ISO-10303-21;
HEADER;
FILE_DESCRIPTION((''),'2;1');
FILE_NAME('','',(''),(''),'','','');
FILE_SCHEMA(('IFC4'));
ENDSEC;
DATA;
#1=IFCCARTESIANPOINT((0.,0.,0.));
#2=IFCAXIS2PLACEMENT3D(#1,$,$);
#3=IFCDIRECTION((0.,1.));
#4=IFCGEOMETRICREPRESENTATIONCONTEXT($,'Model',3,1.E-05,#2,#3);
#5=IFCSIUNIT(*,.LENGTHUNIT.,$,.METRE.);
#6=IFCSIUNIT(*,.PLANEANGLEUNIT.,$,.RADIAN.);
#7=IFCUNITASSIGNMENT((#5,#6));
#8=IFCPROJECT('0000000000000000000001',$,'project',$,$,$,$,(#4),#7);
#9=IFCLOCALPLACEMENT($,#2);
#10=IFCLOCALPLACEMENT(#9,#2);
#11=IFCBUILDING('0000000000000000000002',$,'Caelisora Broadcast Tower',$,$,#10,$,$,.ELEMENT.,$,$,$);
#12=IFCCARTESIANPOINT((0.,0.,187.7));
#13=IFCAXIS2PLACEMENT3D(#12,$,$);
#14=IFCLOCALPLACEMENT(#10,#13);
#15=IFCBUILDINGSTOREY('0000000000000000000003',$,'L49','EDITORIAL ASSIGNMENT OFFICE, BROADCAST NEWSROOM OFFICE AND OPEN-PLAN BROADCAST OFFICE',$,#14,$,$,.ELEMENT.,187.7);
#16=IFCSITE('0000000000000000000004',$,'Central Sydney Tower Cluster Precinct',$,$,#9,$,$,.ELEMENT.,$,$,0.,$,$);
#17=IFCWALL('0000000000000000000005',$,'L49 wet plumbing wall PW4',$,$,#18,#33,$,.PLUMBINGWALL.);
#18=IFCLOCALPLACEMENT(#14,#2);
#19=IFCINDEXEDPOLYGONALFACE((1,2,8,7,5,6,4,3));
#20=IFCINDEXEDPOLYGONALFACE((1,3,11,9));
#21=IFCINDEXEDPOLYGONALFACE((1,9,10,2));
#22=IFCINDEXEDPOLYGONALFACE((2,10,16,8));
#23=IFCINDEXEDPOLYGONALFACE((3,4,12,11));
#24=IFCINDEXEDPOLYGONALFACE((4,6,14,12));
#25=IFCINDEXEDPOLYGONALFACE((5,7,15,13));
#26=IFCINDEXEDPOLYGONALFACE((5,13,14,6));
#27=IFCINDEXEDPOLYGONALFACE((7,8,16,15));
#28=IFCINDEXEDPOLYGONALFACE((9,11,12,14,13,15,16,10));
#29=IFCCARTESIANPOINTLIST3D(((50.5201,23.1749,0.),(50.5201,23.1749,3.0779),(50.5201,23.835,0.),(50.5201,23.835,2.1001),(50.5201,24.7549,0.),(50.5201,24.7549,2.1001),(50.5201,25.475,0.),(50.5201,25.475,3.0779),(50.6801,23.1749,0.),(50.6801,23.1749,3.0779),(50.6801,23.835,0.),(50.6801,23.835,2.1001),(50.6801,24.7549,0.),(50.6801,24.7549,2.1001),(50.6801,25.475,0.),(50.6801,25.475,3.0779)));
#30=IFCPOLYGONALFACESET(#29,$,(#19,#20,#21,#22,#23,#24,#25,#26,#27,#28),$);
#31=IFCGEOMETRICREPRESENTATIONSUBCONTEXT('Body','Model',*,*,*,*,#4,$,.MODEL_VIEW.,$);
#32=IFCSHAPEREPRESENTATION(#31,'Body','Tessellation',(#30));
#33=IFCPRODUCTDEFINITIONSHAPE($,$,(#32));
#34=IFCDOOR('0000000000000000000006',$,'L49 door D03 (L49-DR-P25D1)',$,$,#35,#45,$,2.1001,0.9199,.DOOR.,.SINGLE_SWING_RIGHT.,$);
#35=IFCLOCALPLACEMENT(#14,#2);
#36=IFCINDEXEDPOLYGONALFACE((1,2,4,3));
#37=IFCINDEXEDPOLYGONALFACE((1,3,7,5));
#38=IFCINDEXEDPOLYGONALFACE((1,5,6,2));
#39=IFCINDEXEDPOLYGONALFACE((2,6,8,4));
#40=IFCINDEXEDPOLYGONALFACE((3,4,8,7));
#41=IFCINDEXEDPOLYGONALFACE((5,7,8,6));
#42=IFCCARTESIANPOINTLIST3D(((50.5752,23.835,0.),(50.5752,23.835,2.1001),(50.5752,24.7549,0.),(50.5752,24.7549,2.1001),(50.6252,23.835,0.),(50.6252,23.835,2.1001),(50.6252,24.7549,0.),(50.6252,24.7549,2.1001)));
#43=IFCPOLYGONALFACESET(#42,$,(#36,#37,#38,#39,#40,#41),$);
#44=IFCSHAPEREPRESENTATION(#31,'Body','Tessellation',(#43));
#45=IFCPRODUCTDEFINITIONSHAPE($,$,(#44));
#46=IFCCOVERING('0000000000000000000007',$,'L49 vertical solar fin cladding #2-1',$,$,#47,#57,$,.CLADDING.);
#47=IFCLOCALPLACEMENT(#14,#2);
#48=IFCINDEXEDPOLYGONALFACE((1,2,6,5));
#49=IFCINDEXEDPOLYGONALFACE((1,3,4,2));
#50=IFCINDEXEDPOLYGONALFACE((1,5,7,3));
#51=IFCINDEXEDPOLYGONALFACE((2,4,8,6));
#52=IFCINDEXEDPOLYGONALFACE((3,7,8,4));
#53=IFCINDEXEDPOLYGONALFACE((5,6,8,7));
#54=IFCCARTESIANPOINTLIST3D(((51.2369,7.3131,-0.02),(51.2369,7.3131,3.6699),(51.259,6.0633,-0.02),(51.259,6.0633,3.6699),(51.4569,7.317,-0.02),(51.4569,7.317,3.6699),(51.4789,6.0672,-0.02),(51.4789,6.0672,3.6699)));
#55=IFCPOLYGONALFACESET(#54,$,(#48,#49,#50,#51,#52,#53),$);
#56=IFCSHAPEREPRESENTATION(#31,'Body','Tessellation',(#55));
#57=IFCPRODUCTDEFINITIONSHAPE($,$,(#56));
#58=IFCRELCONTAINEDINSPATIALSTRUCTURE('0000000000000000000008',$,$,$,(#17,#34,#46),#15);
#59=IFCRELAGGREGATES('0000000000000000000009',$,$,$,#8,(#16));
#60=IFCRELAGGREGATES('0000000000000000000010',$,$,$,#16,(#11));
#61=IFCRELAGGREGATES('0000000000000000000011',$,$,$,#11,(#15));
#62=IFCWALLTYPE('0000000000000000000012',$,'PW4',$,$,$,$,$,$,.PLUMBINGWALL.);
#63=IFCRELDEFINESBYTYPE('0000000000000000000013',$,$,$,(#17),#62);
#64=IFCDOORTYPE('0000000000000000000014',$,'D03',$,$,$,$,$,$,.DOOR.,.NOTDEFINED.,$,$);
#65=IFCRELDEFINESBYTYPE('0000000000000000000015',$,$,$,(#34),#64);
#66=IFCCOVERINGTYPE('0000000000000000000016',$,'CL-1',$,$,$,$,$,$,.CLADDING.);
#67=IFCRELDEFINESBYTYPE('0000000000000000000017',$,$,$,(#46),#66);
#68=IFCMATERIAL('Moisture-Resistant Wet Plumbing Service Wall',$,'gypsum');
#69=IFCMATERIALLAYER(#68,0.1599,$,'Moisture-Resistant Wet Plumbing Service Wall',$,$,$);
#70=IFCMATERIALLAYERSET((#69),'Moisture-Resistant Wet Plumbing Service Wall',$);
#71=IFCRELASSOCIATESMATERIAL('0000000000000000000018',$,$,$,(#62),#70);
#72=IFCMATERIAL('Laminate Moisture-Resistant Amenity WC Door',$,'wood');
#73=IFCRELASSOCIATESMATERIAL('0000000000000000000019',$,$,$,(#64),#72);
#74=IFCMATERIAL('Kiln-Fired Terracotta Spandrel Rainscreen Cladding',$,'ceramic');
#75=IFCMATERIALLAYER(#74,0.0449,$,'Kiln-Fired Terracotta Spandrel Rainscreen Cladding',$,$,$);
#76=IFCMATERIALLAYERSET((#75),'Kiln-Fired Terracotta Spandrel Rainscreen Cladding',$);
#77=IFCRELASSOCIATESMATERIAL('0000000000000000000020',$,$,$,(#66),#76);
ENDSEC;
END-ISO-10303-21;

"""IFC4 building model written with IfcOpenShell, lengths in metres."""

from ifc_helpers import new_model, si_unit, direction, frame, frame_2d, origin, origin_2d, place, context, subcontext, project, spatial, rectangle, extrude, source, transform, mapped, material, layer, layer_set, type_object, type_shapes, element, fill, save


model = new_model("IFC4")

# Units and contexts
model_context = context("Model", 3, precision=1e-05, world=origin(), true_north=direction((0.0, 1.0)))
body_context = subcontext(model_context, "Body", "Model", "MODEL_VIEW")
ifc_project = project(units=[si_unit("LENGTHUNIT", "METRE"), si_unit("PLANEANGLEUNIT", "RADIAN")], contexts=[model_context])

# Site, building, storey
site_placement = place(None, origin())
site = spatial("IfcSite", under=ifc_project, at=site_placement, Name="Central Sydney Tower Cluster Precinct", CompositionType="ELEMENT", RefElevation=0.0)
building_placement = place(site_placement, origin())
building = spatial("IfcBuilding", under=site, at=building_placement, Name="Caelisora Broadcast Tower", CompositionType="ELEMENT")
storey_placement = place(building_placement, frame((0.0, 0.0, 187.7)))
storey = spatial("IfcBuildingStorey", under=building, at=storey_placement, Name="L49", Description="EDITORIAL ASSIGNMENT OFFICE, BROADCAST NEWSROOM OFFICE AND OPEN-PLAN BROADCAST OFFICE", CompositionType="ELEMENT", Elevation=187.7)

# Shared definitions
ifc_material_1 = material(Name="Moisture-Resistant Wet Plumbing Service Wall", Category="gypsum")
ifc_layer_1 = layer(ifc_material_1, 0.1599, Name="Moisture-Resistant Wet Plumbing Service Wall")
ifc_layer_set_1 = layer_set([ifc_layer_1], Name="Moisture-Resistant Wet Plumbing Service Wall")
wall_type_1 = type_object("IfcWallType", Name="PW4", PredefinedType="PLUMBINGWALL", material=ifc_layer_set_1)

# Wall, opening, door
wall_1_placement = place(storey_placement, frame((50.6001, 23.175, 0.0), z_axis=(0.0, 0.0, 1.0), x_axis=(0.0, 1.0, 0.0)))
wall_1 = element("IfcWall", 1, at=wall_1_placement, inside=storey, type_object=wall_type_1, Name="L49 wet plumbing wall PW4", PredefinedType="PLUMBINGWALL", context=body_context, shape_type="SweptSolid", body=[
    extrude(rectangle(XDim=2.3, YDim=0.1599, at=frame_2d((1.1499, 0.0))), origin(), (0.0, 0.0, 1.0), 3.0779),
])
opening_1_placement = place(wall_1_placement, frame((0.6599, 0.0, 0.0)))
opening_1 = element("IfcOpeningElement", 2, at=opening_1_placement, cuts=wall_1, PredefinedType="OPENING", context=body_context, shape_type="SweptSolid", body=[
    extrude(rectangle(XDim=0.9199, YDim=2.1001, at=frame_2d((0.46, 1.05))), frame((0.0, 0.092, 0.0), z_axis=(0.0, -1.0, 0.0), x_axis=(1.0, 0.0, 0.0)), (0.0, 0.0, 1.0), 0.1838),
])
ifc_material_2 = material(Name="Laminate Moisture-Resistant Amenity WC Door", Category="wood")
door_type_1 = type_object("IfcDoorType", Name="D03", OperationType="NOTDEFINED", PredefinedType="DOOR", material=ifc_material_2)
door_1_placement = place(opening_1_placement, origin())
door_1 = element("IfcDoor", 3, at=door_1_placement, inside=storey, type_object=door_type_1, Name="L49 door D03 (L49-DR-P25D1)", OperationType="SINGLE_SWING_RIGHT", OverallHeight=2.1001, OverallWidth=0.9199, PredefinedType="DOOR", context=body_context, shape_type="SweptSolid", body=[
    extrude(rectangle(XDim=0.9199, YDim=2.1001, at=frame_2d((0.46, 1.05))), frame((0.0, 0.0249, 0.0), z_axis=(0.0, -1.0, 0.0), x_axis=(1.0, 0.0, 0.0)), (0.0, 0.0, 1.0), 0.05),
])
fill(opening_1, door_1)

# Covering
ifc_material_3 = material(Name="Kiln-Fired Terracotta Spandrel Rainscreen Cladding", Category="ceramic")
ifc_layer_2 = layer(ifc_material_3, 0.0449, Name="Kiln-Fired Terracotta Spandrel Rainscreen Cladding")
ifc_layer_set_2 = layer_set([ifc_layer_2], Name="Kiln-Fired Terracotta Spandrel Rainscreen Cladding")
covering_type = type_object("IfcCoveringType", Name="CL-1", PredefinedType="CLADDING", material=ifc_layer_set_2)
shared_shape_1 = source(origin(), body_context, "Body", "SweptSolid", [
    extrude(rectangle(XDim=0.22, YDim=1.25, at=origin_2d()), origin(), (0.0, 0.0, 1.0), 3.6899),
])
type_shapes(covering_type, [shared_shape_1])
covering_placement = place(storey_placement, frame((51.3579, 6.6902, -0.02), z_axis=(0.0, 0.0, 1.0), x_axis=(-0.999845, -0.017627, 0.0)))
element("IfcCovering", 4, at=covering_placement, inside=storey, type_object=covering_type, Name="L49 vertical solar fin cladding #2-1", PredefinedType="CLADDING", context=body_context, shape_type="MappedRepresentation", body=[
    mapped(shared_shape_1, transform((0.0, 0.0, 0.0), scale=1.0)),
])

save(model, "model.ifc")
